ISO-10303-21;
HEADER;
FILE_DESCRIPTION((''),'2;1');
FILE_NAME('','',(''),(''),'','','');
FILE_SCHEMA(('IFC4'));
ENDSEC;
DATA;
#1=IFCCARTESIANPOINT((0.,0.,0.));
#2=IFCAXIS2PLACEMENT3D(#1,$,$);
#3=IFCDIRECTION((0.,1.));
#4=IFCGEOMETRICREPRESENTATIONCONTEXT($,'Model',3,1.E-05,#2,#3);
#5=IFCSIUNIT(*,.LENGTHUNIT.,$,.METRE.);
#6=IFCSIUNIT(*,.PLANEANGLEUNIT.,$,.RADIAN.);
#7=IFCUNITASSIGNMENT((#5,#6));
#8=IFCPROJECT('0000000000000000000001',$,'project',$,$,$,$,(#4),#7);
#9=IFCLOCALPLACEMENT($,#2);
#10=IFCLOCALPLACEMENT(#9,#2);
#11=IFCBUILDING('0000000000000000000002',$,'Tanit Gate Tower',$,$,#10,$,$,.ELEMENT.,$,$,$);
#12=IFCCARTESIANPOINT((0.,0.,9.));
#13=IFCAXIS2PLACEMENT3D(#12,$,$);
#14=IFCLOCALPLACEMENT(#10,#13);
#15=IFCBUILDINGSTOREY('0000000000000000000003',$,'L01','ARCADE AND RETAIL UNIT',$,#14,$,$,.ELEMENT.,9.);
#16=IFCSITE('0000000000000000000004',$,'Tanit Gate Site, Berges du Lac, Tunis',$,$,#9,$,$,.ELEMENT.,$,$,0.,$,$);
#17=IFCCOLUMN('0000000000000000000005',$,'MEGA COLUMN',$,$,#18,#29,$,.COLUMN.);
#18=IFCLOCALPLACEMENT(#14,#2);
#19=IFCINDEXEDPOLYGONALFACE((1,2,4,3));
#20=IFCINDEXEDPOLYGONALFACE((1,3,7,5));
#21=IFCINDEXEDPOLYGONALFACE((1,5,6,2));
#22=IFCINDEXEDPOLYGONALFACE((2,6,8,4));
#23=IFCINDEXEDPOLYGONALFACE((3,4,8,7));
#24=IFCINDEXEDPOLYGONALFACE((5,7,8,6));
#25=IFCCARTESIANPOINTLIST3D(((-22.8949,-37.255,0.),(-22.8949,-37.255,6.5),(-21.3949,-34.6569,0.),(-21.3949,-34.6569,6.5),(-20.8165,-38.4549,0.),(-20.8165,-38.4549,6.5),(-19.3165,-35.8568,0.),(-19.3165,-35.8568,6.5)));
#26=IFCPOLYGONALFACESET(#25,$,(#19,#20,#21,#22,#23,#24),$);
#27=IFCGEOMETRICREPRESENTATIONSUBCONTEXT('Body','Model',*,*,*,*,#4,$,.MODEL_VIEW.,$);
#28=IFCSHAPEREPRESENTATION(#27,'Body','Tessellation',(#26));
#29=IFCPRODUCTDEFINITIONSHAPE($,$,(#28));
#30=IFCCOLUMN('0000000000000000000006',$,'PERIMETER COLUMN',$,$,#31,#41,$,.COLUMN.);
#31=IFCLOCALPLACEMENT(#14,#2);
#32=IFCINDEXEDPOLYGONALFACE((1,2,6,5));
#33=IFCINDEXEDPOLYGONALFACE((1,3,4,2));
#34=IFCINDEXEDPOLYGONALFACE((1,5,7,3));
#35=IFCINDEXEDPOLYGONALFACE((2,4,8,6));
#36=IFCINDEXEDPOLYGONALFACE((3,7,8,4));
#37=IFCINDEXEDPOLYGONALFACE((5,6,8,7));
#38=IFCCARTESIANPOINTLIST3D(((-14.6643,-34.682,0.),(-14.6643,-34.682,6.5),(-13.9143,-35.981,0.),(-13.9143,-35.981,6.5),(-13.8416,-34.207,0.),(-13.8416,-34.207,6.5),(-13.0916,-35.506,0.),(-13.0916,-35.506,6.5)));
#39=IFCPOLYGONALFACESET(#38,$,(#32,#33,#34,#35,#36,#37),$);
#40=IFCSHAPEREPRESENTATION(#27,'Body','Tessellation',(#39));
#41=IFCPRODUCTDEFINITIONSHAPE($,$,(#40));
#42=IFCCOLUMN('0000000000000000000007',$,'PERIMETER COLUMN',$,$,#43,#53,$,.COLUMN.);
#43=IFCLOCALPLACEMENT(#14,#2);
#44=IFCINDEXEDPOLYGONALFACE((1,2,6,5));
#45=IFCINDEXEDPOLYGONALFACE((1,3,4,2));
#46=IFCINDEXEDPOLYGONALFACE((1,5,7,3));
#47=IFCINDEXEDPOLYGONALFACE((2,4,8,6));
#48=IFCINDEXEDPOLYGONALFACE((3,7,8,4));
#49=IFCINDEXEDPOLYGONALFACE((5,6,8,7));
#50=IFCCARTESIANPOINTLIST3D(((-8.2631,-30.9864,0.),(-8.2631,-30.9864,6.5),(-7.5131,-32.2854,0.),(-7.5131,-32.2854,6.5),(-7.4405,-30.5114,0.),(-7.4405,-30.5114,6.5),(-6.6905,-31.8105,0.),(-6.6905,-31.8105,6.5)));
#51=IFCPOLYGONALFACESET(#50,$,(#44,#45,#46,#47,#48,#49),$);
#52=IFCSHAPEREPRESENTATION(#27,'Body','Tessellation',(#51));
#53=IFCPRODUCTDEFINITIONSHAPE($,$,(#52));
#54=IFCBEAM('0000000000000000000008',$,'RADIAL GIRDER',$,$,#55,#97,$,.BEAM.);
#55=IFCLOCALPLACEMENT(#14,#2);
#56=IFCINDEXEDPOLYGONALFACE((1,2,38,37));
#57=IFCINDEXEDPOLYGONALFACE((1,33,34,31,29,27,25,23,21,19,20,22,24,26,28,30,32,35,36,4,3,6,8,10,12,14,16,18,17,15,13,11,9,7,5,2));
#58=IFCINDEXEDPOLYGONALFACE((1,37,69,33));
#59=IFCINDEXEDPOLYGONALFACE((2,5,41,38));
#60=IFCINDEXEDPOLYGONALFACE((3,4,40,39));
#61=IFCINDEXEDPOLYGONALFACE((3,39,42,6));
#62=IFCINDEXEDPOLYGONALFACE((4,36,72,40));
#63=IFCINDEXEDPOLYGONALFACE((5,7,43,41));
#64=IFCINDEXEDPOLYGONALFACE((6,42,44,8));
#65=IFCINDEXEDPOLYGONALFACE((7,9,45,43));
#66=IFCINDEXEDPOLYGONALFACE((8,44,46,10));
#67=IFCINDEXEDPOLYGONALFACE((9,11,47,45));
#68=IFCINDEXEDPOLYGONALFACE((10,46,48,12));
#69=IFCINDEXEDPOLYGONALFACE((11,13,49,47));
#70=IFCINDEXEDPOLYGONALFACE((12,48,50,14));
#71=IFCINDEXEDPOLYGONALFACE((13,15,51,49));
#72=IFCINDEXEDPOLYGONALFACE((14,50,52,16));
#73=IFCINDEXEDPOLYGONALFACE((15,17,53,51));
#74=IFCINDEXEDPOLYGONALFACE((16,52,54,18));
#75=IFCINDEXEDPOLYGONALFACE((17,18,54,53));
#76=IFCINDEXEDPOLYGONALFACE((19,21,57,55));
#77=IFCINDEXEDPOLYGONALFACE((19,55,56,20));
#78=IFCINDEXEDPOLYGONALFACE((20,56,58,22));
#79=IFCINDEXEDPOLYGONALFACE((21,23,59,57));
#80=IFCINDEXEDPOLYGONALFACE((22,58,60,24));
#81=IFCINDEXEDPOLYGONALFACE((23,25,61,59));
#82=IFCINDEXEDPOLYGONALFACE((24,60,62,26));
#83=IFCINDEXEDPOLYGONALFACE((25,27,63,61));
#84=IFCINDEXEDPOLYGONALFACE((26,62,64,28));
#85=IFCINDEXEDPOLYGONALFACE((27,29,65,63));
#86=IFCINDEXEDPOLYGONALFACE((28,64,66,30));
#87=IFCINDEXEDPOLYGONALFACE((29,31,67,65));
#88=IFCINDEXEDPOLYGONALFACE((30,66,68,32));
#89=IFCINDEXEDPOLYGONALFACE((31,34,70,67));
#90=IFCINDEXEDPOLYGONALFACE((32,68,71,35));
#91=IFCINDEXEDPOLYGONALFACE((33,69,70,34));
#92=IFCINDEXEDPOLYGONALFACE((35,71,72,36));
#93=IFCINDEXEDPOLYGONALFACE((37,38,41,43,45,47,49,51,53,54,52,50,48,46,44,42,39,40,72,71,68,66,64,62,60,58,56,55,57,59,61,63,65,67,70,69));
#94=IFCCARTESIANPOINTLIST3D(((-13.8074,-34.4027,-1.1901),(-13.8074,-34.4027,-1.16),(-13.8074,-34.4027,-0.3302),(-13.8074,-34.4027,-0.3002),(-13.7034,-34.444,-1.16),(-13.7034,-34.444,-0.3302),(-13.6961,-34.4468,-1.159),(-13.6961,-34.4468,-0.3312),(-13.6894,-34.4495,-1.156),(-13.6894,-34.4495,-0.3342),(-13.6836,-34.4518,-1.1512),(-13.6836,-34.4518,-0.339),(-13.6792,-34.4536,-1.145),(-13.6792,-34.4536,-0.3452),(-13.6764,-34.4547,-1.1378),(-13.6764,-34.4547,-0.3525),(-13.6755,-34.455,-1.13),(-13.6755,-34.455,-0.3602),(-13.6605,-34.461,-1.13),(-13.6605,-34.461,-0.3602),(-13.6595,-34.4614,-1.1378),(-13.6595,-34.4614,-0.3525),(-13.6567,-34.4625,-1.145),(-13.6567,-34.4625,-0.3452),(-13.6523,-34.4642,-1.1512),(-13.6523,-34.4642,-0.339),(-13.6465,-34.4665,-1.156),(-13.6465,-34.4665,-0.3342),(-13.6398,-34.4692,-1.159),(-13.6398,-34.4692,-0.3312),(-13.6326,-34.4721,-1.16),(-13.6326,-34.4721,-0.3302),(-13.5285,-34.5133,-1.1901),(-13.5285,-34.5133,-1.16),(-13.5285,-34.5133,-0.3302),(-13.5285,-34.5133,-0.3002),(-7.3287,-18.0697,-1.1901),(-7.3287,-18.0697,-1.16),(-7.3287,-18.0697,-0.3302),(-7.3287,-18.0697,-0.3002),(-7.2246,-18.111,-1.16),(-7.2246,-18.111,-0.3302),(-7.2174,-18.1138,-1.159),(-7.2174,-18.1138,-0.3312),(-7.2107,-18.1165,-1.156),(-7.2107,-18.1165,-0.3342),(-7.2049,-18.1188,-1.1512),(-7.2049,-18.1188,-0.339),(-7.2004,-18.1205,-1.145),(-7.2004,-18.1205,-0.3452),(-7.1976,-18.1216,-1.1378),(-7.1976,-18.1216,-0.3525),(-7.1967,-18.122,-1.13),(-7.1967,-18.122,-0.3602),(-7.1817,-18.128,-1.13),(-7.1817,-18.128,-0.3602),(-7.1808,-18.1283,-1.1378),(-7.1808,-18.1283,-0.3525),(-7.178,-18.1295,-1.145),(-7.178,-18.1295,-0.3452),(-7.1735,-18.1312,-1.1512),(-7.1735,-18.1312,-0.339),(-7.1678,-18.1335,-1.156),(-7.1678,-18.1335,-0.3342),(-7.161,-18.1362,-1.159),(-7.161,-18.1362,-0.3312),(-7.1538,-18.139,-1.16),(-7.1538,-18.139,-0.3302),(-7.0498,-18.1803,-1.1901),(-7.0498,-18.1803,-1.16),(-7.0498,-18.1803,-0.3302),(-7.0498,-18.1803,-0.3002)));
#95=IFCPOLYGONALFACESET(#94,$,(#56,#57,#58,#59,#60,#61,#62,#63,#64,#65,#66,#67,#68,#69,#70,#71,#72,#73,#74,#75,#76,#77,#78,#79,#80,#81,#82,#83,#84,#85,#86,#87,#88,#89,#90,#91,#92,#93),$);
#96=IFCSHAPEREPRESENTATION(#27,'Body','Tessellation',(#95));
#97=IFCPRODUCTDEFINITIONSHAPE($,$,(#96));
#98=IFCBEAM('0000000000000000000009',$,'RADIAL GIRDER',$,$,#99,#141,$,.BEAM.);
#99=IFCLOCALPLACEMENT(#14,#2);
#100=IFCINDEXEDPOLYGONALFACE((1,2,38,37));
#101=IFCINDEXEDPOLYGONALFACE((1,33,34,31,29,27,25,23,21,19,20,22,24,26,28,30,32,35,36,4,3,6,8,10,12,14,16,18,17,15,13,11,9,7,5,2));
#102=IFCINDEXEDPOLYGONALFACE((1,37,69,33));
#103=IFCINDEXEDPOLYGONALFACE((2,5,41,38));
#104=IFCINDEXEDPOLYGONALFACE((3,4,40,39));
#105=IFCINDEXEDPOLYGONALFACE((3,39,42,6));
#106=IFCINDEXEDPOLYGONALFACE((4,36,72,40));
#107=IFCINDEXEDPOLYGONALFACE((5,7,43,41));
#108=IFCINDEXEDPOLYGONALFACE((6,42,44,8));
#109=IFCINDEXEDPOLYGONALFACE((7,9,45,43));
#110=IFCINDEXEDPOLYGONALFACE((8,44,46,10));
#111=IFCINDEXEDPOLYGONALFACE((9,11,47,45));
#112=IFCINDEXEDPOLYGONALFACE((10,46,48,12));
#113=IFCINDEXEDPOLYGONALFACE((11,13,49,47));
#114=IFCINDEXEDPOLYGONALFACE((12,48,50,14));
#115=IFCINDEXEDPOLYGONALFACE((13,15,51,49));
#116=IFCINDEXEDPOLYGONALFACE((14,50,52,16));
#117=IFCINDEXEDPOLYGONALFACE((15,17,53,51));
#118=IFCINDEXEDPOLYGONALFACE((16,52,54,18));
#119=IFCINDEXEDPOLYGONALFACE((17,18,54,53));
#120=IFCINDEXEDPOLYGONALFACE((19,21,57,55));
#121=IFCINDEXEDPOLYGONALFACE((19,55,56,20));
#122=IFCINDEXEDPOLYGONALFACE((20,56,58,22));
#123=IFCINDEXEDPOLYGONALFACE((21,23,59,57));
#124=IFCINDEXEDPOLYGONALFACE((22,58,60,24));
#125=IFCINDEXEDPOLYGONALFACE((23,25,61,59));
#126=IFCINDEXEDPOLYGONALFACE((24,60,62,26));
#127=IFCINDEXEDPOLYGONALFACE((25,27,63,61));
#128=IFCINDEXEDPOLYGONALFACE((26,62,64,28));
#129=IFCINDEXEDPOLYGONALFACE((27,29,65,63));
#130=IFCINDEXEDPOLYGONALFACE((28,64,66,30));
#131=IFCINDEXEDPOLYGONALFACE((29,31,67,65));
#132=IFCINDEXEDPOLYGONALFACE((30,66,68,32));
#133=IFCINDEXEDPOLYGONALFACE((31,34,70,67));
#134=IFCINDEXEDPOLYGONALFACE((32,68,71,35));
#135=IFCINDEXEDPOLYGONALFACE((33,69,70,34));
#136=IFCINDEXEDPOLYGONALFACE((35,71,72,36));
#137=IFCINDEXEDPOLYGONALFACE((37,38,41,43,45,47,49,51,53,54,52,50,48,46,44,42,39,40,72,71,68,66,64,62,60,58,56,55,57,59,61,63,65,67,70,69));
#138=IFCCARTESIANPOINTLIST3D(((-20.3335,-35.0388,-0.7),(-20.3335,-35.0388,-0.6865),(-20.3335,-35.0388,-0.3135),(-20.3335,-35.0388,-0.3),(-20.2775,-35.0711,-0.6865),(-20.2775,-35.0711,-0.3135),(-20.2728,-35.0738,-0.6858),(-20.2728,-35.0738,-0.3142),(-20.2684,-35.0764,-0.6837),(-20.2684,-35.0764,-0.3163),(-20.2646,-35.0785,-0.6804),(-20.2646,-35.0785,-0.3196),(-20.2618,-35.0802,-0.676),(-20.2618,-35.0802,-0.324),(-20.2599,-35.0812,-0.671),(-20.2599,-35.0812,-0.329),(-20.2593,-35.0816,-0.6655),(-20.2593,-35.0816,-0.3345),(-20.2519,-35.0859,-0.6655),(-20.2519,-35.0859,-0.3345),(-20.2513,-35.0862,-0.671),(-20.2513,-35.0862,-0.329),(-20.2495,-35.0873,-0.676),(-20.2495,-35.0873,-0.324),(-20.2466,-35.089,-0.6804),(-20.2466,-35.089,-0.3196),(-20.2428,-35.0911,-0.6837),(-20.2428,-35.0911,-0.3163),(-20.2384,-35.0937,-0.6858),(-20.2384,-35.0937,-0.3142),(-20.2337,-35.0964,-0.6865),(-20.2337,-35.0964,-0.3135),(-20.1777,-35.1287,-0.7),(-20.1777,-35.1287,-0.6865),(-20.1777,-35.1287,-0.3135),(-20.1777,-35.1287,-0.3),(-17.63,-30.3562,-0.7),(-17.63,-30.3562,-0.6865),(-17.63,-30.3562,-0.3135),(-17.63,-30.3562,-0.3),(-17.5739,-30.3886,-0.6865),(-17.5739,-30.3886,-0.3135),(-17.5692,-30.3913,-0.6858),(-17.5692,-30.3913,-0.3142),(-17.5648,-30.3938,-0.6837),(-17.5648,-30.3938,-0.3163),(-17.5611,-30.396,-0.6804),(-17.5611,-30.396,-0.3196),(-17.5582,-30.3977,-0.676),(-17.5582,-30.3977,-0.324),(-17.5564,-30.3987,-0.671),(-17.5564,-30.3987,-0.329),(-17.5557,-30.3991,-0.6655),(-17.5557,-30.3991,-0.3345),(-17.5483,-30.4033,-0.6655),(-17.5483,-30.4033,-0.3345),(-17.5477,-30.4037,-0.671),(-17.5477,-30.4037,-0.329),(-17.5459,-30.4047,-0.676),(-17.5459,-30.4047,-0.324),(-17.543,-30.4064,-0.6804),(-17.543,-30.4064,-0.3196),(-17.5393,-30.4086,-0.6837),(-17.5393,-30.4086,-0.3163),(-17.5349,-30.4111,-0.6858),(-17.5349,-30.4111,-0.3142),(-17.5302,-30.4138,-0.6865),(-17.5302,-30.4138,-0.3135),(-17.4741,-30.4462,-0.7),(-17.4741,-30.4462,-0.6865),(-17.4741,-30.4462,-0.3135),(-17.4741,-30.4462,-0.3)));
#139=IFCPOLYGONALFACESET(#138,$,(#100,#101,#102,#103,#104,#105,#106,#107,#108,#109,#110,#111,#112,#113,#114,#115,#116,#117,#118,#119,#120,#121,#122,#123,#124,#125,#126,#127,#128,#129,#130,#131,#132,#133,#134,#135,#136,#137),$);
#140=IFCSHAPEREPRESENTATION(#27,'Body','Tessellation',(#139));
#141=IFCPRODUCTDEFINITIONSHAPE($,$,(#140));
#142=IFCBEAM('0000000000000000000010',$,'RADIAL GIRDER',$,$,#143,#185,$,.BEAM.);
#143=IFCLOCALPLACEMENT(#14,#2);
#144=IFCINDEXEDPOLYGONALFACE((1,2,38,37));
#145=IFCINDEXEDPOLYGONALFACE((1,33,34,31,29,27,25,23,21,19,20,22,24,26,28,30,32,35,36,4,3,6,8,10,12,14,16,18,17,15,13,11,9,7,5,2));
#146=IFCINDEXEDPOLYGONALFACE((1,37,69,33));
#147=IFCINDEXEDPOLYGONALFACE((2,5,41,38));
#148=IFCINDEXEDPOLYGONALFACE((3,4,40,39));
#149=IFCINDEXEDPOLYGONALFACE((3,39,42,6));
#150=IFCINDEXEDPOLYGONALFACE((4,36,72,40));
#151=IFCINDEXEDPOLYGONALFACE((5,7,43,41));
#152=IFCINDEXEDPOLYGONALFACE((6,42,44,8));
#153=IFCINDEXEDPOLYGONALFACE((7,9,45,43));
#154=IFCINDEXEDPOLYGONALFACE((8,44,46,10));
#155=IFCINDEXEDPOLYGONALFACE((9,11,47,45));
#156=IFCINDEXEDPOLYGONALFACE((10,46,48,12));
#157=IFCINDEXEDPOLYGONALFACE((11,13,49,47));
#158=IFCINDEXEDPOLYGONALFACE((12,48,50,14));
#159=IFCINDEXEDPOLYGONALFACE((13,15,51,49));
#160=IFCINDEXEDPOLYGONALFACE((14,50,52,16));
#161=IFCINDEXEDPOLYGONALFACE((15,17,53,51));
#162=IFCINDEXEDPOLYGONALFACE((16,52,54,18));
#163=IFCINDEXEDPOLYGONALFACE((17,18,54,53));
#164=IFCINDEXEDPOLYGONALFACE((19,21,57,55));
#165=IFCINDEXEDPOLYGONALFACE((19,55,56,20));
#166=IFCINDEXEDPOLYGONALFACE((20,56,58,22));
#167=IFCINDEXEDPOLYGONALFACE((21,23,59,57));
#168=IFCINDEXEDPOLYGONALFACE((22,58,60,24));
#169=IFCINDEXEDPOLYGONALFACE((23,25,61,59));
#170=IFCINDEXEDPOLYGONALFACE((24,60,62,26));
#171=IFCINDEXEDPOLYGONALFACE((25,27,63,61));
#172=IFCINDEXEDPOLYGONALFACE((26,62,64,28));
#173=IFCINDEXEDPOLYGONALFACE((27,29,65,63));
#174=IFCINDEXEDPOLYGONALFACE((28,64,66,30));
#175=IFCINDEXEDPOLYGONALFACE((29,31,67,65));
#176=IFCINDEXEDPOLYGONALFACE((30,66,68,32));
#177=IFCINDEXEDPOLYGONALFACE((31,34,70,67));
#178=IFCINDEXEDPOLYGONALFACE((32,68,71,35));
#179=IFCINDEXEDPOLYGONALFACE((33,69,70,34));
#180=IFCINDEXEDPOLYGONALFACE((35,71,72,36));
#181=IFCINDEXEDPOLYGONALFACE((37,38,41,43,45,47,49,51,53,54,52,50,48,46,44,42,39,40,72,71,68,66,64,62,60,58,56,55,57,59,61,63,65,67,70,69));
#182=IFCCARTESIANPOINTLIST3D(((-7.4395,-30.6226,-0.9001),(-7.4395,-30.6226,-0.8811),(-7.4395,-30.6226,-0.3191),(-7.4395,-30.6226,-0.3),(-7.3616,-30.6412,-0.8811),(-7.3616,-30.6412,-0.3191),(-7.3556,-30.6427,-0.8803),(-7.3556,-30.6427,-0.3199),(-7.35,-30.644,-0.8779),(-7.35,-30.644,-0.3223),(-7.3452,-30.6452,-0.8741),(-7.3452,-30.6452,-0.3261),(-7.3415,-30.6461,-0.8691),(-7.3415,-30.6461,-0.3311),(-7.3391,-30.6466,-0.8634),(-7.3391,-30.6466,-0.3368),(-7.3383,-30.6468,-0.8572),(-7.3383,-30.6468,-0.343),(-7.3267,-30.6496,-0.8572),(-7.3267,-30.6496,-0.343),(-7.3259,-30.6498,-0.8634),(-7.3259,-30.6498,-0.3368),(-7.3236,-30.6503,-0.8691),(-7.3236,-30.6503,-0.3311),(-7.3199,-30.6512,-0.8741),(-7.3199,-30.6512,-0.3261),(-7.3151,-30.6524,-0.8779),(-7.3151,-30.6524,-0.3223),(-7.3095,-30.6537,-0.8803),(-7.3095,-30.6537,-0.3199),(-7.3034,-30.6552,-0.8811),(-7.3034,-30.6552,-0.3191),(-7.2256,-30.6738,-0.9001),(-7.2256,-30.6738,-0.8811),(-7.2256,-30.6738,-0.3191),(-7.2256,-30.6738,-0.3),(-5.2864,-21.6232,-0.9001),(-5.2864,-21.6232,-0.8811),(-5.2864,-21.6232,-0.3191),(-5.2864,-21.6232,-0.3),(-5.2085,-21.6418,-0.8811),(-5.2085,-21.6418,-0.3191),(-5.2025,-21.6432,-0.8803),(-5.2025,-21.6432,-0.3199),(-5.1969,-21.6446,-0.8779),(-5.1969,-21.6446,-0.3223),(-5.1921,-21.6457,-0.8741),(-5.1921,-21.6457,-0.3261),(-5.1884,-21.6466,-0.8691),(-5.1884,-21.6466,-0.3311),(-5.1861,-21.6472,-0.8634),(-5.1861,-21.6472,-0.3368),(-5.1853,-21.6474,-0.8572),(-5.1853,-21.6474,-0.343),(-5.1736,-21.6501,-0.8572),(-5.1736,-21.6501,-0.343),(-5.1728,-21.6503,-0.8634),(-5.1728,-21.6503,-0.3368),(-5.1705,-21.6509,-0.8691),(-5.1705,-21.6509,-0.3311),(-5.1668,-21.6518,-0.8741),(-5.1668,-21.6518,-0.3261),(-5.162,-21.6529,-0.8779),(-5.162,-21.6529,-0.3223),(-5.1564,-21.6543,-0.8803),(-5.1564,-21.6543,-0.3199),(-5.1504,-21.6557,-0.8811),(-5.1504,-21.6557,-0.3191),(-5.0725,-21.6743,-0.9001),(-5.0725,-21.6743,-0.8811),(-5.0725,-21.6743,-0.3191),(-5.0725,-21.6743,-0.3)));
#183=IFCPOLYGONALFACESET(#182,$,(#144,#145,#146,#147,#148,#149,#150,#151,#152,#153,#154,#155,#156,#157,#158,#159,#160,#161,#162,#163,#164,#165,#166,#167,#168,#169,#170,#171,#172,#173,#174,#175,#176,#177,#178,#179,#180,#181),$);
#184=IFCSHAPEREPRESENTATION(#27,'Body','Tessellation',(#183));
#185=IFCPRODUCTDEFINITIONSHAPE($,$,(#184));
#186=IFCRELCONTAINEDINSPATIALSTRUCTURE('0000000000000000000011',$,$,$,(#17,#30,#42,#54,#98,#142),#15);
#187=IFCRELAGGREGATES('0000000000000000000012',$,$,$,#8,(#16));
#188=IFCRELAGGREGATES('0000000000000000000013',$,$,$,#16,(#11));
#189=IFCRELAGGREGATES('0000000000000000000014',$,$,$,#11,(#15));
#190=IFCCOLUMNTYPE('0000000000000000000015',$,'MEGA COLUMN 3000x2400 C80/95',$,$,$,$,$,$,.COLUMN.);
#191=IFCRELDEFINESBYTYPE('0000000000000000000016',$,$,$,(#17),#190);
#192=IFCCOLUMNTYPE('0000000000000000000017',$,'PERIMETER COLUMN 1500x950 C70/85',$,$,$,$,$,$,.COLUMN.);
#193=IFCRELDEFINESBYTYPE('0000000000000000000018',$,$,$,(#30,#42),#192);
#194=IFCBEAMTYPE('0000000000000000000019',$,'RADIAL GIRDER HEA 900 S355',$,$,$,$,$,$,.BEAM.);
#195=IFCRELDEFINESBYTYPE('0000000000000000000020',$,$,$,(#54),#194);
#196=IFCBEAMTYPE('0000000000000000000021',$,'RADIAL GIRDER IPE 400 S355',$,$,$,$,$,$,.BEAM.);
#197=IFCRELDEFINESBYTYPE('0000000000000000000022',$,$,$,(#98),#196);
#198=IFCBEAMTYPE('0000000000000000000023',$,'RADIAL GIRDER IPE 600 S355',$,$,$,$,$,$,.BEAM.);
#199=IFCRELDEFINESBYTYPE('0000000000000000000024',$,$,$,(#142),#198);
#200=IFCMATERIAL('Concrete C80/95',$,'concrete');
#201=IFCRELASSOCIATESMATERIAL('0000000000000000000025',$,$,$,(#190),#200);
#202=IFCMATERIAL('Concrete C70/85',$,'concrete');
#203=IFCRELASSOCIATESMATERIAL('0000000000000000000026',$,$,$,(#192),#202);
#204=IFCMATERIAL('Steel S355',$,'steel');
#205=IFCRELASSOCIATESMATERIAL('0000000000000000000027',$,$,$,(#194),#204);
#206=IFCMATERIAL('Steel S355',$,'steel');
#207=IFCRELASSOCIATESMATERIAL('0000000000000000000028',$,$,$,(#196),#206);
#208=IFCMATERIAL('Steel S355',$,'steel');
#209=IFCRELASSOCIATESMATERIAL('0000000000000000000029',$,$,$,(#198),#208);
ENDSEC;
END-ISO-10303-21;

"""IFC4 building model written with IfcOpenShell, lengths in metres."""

from ifc_helpers import new_model, si_unit, direction, frame, origin, origin_2d, place, context, subcontext, project, spatial, rectangle, i_section, extrude, material, material_profile, profile_set, type_object, element, save


model = new_model("IFC4")

# Units and contexts
model_context = context("Model", 3, precision=1e-05, world=origin(), true_north=direction((0.0, 1.0)))
body_context = subcontext(model_context, "Body", "Model", "MODEL_VIEW")
ifc_project = project(units=[si_unit("LENGTHUNIT", "METRE"), si_unit("PLANEANGLEUNIT", "RADIAN")], contexts=[model_context])

# Site, building, storey
site_placement = place(None, origin())
site = spatial("IfcSite", under=ifc_project, at=site_placement, Name="Tanit Gate Site, Berges du Lac, Tunis", CompositionType="ELEMENT", RefElevation=0.0)
building_placement = place(site_placement, origin())
building = spatial("IfcBuilding", under=site, at=building_placement, Name="Tanit Gate Tower", CompositionType="ELEMENT")
storey_placement = place(building_placement, frame((0.0, 0.0, 9.0)))
storey = spatial("IfcBuildingStorey", under=building, at=storey_placement, Name="L01", Description="ARCADE AND RETAIL UNIT", CompositionType="ELEMENT", Elevation=9.0)

# Columns
ifc_material_1 = material(Name="Concrete C80/95", Category="concrete")
ifc_material_profile_1 = material_profile(ifc_material_1, rectangle(XDim=3.0, YDim=2.3999, at=origin_2d()), Name="RC 3000x2400")
ifc_profile_set_1 = profile_set([ifc_material_profile_1], Name="Concrete C80/95")
column_type_1 = type_object("IfcColumnType", Name="MEGA COLUMN 3000x2400 C80/95", PredefinedType="COLUMN", material=ifc_profile_set_1)
column_placement = place(storey_placement, frame((-21.1057, -36.5559, 0.0), z_axis=(0.0, 0.0, 1.0), x_axis=(-0.5, -0.866025, 0.0)))
element("IfcColumn", 1, at=column_placement, inside=storey, type_object=column_type_1, Name="MEGA COLUMN", PredefinedType="COLUMN", context=body_context, shape_type="SweptSolid", body=[
    extrude(rectangle(XDim=3.0, YDim=2.3999, at=origin_2d()), origin(), (0.0, 0.0, 1.0), 6.5),
])
ifc_material_2 = material(Name="Concrete C70/85", Category="concrete")
ifc_material_profile_2 = material_profile(ifc_material_2, rectangle(XDim=1.5, YDim=0.95, at=origin_2d()), Name="RC 1500x950")
ifc_profile_set_2 = profile_set([ifc_material_profile_2], Name="Concrete C70/85")
column_type_2 = type_object("IfcColumnType", Name="PERIMETER COLUMN 1500x950 C70/85", PredefinedType="COLUMN", material=ifc_profile_set_2)
for number, where, z_axis, x_axis, name in (
    (2, (-13.8779, -35.094, 0.0), (0.0, 0.0, 1.0), (0.5, -0.866025, 0.0), "PERIMETER COLUMN"),
    (3, (-7.4768, -31.3984, 0.0), (0.0, 0.0, 1.0), (0.5, -0.866025, 0.0), "PERIMETER COLUMN"),
):
    element("IfcColumn", number, at=place(storey_placement, frame(where, z_axis=z_axis, x_axis=x_axis)), inside=storey, type_object=column_type_2, Name=name, PredefinedType="COLUMN", context=body_context, shape_type="SweptSolid", body=[
        extrude(rectangle(XDim=1.5, YDim=0.95, at=origin_2d()), origin(), (0.0, 0.0, 1.0), 6.5),
    ])

# Beams
ifc_material_3 = material(Name="Steel S355", Category="steel")
ifc_material_profile_3 = material_profile(ifc_material_3, i_section(OverallWidth=0.3, OverallDepth=0.8899, WebThickness=0.0161, FlangeThickness=0.03, FilletRadius=0.03, at=origin_2d()), Name="HEA 900")
ifc_profile_set_3 = profile_set([ifc_material_profile_3], Name="Steel S355")
beam_type_1 = type_object("IfcBeamType", Name="RADIAL GIRDER HEA 900 S355", PredefinedType="BEAM", material=ifc_profile_set_3)
beam_1_placement = place(storey_placement, frame((-13.668, -34.458, -0.7451), z_axis=(0.368718, 0.929541, 0.0), x_axis=(-0.929541, 0.368718, 0.0)))
element("IfcBeam", 4, at=beam_1_placement, inside=storey, type_object=beam_type_1, Name="RADIAL GIRDER", PredefinedType="BEAM", context=body_context, shape_type="SweptSolid", body=[
    extrude(i_section(OverallWidth=0.3, OverallDepth=0.8899, WebThickness=0.0161, FlangeThickness=0.03, FilletRadius=0.03, at=origin_2d()), origin(), (0.0, 0.0, 1.0), 17.571),
])
ifc_material_4 = material(Name="Steel S355", Category="steel")
ifc_material_profile_4 = material_profile(ifc_material_4, i_section(OverallWidth=0.1799, OverallDepth=0.3999, WebThickness=0.0085, FlangeThickness=0.0134, FilletRadius=0.021, at=origin_2d()), Name="IPE 400")
ifc_profile_set_4 = profile_set([ifc_material_profile_4], Name="Steel S355")
beam_type_2 = type_object("IfcBeamType", Name="RADIAL GIRDER IPE 400 S355", PredefinedType="BEAM", material=ifc_profile_set_4)
beam_2_placement = place(storey_placement, frame((-20.2556, -35.0837, -0.5), z_axis=(0.500014, 0.866017, 0.0), x_axis=(-0.866017, 0.500014, 0.0)))
element("IfcBeam", 5, at=beam_2_placement, inside=storey, type_object=beam_type_2, Name="RADIAL GIRDER", PredefinedType="BEAM", context=body_context, shape_type="SweptSolid", body=[
    extrude(i_section(OverallWidth=0.1799, OverallDepth=0.3999, WebThickness=0.0085, FlangeThickness=0.0134, FilletRadius=0.021, at=origin_2d()), origin(), (0.0, 0.0, 1.0), 5.407),
])
ifc_material_5 = material(Name="Steel S355", Category="steel")
ifc_material_profile_5 = material_profile(ifc_material_5, i_section(OverallWidth=0.22, OverallDepth=0.6001, WebThickness=0.012, FlangeThickness=0.019, FilletRadius=0.0239, at=origin_2d()), Name="IPE 600")
ifc_profile_set_5 = profile_set([ifc_material_profile_5], Name="Steel S355")
beam_type_3 = type_object("IfcBeamType", Name="RADIAL GIRDER IPE 600 S355", PredefinedType="BEAM", material=ifc_profile_set_5)
beam_3_placement = place(storey_placement, frame((-7.3325, -30.6482, -0.6001), z_axis=(0.232677, 0.972554, 0.0), x_axis=(-0.972554, 0.232677, 0.0)))
element("IfcBeam", 6, at=beam_3_placement, inside=storey, type_object=beam_type_3, Name="RADIAL GIRDER", PredefinedType="BEAM", context=body_context, shape_type="SweptSolid", body=[
    extrude(i_section(OverallWidth=0.22, OverallDepth=0.6001, WebThickness=0.012, FlangeThickness=0.019, FilletRadius=0.0239, at=origin_2d()), origin(), (0.0, 0.0, 1.0), 9.2534),
])

save(model, "model.ifc")
